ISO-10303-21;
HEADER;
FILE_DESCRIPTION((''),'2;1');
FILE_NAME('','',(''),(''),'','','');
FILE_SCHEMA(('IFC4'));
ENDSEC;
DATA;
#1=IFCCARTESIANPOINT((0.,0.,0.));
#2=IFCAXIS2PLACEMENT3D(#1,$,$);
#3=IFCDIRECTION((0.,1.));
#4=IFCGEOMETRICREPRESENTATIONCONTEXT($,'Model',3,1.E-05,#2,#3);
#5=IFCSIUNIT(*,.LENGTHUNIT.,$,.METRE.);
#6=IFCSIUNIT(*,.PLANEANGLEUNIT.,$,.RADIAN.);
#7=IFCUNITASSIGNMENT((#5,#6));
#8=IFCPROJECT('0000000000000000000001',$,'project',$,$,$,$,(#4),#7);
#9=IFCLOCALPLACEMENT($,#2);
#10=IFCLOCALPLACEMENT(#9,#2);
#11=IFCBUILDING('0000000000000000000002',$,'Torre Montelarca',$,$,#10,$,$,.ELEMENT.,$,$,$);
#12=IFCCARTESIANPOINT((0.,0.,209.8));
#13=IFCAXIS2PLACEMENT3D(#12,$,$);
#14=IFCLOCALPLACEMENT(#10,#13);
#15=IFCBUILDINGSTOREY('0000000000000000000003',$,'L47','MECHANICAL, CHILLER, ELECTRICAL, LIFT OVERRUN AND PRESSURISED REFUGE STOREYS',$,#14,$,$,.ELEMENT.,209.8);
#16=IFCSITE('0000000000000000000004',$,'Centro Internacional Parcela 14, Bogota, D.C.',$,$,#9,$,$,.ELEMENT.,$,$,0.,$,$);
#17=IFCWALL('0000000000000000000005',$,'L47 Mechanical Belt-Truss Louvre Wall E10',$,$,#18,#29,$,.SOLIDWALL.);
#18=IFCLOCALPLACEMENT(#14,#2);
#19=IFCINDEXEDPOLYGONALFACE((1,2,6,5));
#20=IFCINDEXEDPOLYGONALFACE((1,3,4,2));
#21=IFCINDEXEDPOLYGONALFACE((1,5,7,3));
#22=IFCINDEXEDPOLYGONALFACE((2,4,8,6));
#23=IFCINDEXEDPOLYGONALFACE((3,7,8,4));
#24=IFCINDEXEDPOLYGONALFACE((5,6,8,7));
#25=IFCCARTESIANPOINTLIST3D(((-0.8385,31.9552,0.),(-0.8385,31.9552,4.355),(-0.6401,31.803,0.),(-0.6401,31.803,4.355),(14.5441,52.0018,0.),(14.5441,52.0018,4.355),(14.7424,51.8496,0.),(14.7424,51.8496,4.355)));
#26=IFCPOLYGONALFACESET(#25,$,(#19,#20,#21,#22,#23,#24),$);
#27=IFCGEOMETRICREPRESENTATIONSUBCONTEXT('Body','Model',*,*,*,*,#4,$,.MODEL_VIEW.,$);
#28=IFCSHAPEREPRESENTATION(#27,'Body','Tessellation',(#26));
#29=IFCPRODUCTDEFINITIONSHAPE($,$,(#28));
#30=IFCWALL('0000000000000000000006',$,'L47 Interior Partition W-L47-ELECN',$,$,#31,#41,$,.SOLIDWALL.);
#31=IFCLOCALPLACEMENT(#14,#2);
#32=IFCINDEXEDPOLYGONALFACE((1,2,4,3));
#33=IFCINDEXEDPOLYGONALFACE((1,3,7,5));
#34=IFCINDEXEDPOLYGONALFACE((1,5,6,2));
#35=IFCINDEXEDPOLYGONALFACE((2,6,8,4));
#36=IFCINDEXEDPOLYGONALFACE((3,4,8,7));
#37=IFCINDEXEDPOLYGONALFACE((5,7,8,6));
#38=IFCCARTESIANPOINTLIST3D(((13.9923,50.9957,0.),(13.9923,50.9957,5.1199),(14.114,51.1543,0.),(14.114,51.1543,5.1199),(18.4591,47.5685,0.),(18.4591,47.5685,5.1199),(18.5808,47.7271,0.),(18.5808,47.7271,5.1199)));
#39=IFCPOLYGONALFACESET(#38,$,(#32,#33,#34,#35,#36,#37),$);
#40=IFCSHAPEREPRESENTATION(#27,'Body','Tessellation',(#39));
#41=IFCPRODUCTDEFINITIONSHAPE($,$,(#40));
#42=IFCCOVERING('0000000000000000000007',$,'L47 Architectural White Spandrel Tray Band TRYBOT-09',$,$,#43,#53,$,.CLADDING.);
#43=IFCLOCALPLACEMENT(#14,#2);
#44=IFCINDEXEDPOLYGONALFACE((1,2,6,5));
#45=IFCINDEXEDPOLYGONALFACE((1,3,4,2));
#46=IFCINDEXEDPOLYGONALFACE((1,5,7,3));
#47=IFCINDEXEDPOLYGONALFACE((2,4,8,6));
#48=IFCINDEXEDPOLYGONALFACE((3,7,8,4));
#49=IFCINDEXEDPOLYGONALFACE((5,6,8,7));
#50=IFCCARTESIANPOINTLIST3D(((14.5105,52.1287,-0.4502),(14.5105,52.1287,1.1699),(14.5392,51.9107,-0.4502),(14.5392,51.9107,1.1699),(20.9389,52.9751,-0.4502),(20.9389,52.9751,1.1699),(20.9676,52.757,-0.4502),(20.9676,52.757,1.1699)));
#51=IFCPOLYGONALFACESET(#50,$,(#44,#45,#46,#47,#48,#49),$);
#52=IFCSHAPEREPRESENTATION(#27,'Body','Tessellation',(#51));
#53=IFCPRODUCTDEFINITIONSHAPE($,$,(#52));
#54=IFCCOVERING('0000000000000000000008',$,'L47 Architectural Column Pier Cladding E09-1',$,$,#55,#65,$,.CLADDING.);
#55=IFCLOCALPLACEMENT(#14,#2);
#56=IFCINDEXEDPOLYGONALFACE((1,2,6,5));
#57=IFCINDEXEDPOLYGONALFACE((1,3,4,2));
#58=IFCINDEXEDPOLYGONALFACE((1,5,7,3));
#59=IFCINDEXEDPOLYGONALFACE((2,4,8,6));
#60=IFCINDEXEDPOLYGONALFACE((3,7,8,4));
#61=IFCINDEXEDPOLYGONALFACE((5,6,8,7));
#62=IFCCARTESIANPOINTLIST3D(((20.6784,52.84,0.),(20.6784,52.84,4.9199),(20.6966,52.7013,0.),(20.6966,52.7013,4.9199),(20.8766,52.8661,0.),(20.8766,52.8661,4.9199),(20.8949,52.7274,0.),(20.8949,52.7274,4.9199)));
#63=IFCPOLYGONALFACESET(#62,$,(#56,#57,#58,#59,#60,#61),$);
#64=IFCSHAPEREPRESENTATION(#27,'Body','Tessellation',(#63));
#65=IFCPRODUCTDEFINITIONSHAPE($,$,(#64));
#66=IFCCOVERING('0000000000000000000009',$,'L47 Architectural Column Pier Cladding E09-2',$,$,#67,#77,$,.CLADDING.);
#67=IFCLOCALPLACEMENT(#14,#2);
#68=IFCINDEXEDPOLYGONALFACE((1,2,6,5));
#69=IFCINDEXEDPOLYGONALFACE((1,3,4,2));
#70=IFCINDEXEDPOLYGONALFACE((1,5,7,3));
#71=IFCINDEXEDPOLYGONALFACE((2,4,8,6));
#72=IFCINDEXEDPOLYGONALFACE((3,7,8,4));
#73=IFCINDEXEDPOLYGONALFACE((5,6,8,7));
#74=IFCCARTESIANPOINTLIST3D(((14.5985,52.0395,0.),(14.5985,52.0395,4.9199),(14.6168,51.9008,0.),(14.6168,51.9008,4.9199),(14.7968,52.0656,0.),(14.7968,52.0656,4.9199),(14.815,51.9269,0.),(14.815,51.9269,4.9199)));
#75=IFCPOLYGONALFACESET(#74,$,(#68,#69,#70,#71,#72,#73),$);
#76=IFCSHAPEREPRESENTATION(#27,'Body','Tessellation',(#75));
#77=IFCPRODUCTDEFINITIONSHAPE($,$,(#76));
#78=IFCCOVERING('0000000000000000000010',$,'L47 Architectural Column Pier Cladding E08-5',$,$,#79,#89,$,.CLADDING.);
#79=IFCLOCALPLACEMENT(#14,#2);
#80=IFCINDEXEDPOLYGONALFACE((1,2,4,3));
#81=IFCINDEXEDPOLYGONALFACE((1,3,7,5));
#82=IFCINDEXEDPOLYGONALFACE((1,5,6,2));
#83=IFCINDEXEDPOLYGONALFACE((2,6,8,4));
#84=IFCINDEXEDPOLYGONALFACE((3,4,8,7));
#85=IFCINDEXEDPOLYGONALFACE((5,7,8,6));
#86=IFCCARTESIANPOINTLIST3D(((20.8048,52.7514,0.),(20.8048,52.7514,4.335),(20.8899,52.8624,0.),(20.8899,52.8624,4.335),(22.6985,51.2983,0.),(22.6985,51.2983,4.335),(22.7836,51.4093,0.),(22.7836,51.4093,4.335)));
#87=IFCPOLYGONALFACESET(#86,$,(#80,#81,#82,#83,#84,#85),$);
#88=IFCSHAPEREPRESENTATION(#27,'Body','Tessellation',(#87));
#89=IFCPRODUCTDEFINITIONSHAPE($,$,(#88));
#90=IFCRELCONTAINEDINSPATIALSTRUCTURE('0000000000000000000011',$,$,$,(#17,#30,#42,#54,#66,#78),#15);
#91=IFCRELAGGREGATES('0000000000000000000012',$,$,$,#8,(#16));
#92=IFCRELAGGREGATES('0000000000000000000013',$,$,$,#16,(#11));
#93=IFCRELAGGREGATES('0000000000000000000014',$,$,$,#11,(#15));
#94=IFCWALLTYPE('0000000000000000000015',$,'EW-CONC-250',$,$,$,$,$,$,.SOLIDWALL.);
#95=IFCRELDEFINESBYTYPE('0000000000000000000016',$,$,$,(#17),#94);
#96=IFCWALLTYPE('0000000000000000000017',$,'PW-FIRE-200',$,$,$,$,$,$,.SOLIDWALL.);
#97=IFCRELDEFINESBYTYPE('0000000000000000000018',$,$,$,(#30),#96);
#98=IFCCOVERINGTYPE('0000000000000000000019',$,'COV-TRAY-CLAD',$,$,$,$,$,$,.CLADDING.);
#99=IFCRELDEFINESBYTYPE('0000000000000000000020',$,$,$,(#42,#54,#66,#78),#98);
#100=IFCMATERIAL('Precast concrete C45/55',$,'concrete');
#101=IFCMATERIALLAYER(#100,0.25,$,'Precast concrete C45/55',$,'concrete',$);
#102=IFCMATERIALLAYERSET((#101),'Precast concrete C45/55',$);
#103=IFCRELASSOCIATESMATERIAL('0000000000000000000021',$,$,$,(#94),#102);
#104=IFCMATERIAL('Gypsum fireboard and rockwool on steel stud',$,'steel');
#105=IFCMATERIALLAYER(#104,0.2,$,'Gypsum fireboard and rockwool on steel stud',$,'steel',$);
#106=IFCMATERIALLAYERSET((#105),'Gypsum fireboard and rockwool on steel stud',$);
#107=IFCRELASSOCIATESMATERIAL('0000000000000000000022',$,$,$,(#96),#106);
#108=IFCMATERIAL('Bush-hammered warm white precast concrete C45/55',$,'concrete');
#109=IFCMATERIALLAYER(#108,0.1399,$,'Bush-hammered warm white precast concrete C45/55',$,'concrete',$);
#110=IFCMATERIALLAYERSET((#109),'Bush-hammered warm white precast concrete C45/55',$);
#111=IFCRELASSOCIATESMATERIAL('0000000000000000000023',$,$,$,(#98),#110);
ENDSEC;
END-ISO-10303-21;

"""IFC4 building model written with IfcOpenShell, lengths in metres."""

from ifc_helpers import new_model, si_unit, direction, frame, frame_2d, origin, origin_2d, place, context, subcontext, project, spatial, rectangle, extrude, source, transform, mapped, material, layer, layer_set, type_object, element, save


model = new_model("IFC4")

# Units and contexts
model_context = context("Model", 3, precision=1e-05, world=origin(), true_north=direction((0.0, 1.0)))
body_context = subcontext(model_context, "Body", "Model", "MODEL_VIEW")
ifc_project = project(units=[si_unit("LENGTHUNIT", "METRE"), si_unit("PLANEANGLEUNIT", "RADIAN")], contexts=[model_context])

# Site, building, storey
site_placement = place(None, origin())
site = spatial("IfcSite", under=ifc_project, at=site_placement, Name="Centro Internacional Parcela 14, Bogota, D.C.", CompositionType="ELEMENT", RefElevation=0.0)
building_placement = place(site_placement, origin())
building = spatial("IfcBuilding", under=site, at=building_placement, Name="Torre Montelarca", CompositionType="ELEMENT")
storey_placement = place(building_placement, frame((0.0, 0.0, 209.8)))
storey = spatial("IfcBuildingStorey", under=building, at=storey_placement, Name="L47", Description="MECHANICAL, CHILLER, ELECTRICAL, LIFT OVERRUN AND PRESSURISED REFUGE STOREYS", CompositionType="ELEMENT", Elevation=209.8)

# Walls
ifc_material_1 = material(Name="Precast concrete C45/55", Category="concrete")
ifc_layer_1 = layer(ifc_material_1, 0.25, Name="Precast concrete C45/55", Category="concrete")
ifc_layer_set_1 = layer_set([ifc_layer_1], Name="Precast concrete C45/55")
wall_type_1 = type_object("IfcWallType", Name="EW-CONC-250", PredefinedType="SOLIDWALL", material=ifc_layer_set_1)
wall_1_placement = place(storey_placement, frame((14.6433, 51.9258, 0.0), z_axis=(0.0, 0.0, 1.0), x_axis=(-0.608768, -0.793349, 0.0)))
element("IfcWall", 1, at=wall_1_placement, inside=storey, type_object=wall_type_1, Name="L47 Mechanical Belt-Truss Louvre Wall E10", PredefinedType="SOLIDWALL", context=body_context, shape_type="SweptSolid", body=[
    extrude(rectangle(XDim=25.2683, YDim=0.25, at=frame_2d((12.6343, 0.0))), origin(), (0.0, 0.0, 1.0), 4.355),
])
ifc_material_2 = material(Name="Gypsum fireboard and rockwool on steel stud", Category="steel")
ifc_layer_2 = layer(ifc_material_2, 0.2, Name="Gypsum fireboard and rockwool on steel stud", Category="steel")
ifc_layer_set_2 = layer_set([ifc_layer_2], Name="Gypsum fireboard and rockwool on steel stud")
wall_type_2 = type_object("IfcWallType", Name="PW-FIRE-200", PredefinedType="SOLIDWALL", material=ifc_layer_set_2)
wall_2_placement = place(storey_placement, frame((14.0532, 51.075, 0.0), z_axis=(0.0, 0.0, 1.0), x_axis=(0.793375, -0.608734, 0.0)))
element("IfcWall", 2, at=wall_2_placement, inside=storey, type_object=wall_type_2, Name="L47 Interior Partition W-L47-ELECN", PredefinedType="SOLIDWALL", context=body_context, shape_type="SweptSolid", body=[
    extrude(rectangle(XDim=5.6301, YDim=0.2, at=frame_2d((2.8149, 0.0))), origin(), (0.0, 0.0, 1.0), 5.1199),
])

# Coverings
ifc_material_3 = material(Name="Bush-hammered warm white precast concrete C45/55", Category="concrete")
ifc_layer_3 = layer(ifc_material_3, 0.1399, Name="Bush-hammered warm white precast concrete C45/55", Category="concrete")
ifc_layer_set_3 = layer_set([ifc_layer_3], Name="Bush-hammered warm white precast concrete C45/55")
covering_type = type_object("IfcCoveringType", Name="COV-TRAY-CLAD", PredefinedType="CLADDING", material=ifc_layer_set_3)
shared_shape_1 = source(origin(), body_context, "Body", "SweptSolid", [
    extrude(rectangle(XDim=6.4839, YDim=0.22, at=origin_2d()), origin(), (0.0, 0.0, 1.0), 1.6201),
])
covering_1_placement = place(storey_placement, frame((17.739, 52.4429, -0.4502), z_axis=(0.0, 0.0, 1.0), x_axis=(-0.991444, -0.130531, 0.0)))
element("IfcCovering", 3, at=covering_1_placement, inside=storey, type_object=covering_type, Name="L47 Architectural White Spandrel Tray Band TRYBOT-09", PredefinedType="CLADDING", context=body_context, shape_type="MappedRepresentation", body=[
    mapped(shared_shape_1, transform((0.0, 0.0, 0.0), scale=1.0)),
])
shared_shape_2 = source(origin(), body_context, "Body", "SweptSolid", [
    extrude(rectangle(XDim=0.2, YDim=0.1399, at=origin_2d()), origin(), (0.0, 0.0, 1.0), 4.9199),
])
for number, where, z_axis, x_axis, name in (
    (4, (20.7866, 52.7837, 0.0), (0.0, 0.0, 1.0), (-0.991444, -0.130531, 0.0), "L47 Architectural Column Pier Cladding E09-1"),
    (5, (14.7068, 51.9832, 0.0), (0.0, 0.0, 1.0), (-0.991444, -0.130531, 0.0), "L47 Architectural Column Pier Cladding E09-2"),
):
    element("IfcCovering", number, at=place(storey_placement, frame(where, z_axis=z_axis, x_axis=x_axis)), inside=storey, type_object=covering_type, Name=name, PredefinedType="CLADDING", context=body_context, shape_type="MappedRepresentation", body=[
        mapped(shared_shape_2, transform((0.0, 0.0, 0.0), scale=1.0)),
    ])
shared_shape_3 = source(origin(), body_context, "Body", "SweptSolid", [
    extrude(rectangle(XDim=2.387, YDim=0.1399, at=origin_2d()), origin(), (0.0, 0.0, 1.0), 4.335),
])
covering_2_placement = place(storey_placement, frame((21.7942, 52.0803, 0.0), z_axis=(0.0, 0.0, 1.0), x_axis=(-0.793352, 0.608763, 0.0)))
element("IfcCovering", 6, at=covering_2_placement, inside=storey, type_object=covering_type, Name="L47 Architectural Column Pier Cladding E08-5", PredefinedType="CLADDING", context=body_context, shape_type="MappedRepresentation", body=[
    mapped(shared_shape_3, transform((0.0, 0.0, 0.0), scale=1.0)),
])

save(model, "model.ifc")
